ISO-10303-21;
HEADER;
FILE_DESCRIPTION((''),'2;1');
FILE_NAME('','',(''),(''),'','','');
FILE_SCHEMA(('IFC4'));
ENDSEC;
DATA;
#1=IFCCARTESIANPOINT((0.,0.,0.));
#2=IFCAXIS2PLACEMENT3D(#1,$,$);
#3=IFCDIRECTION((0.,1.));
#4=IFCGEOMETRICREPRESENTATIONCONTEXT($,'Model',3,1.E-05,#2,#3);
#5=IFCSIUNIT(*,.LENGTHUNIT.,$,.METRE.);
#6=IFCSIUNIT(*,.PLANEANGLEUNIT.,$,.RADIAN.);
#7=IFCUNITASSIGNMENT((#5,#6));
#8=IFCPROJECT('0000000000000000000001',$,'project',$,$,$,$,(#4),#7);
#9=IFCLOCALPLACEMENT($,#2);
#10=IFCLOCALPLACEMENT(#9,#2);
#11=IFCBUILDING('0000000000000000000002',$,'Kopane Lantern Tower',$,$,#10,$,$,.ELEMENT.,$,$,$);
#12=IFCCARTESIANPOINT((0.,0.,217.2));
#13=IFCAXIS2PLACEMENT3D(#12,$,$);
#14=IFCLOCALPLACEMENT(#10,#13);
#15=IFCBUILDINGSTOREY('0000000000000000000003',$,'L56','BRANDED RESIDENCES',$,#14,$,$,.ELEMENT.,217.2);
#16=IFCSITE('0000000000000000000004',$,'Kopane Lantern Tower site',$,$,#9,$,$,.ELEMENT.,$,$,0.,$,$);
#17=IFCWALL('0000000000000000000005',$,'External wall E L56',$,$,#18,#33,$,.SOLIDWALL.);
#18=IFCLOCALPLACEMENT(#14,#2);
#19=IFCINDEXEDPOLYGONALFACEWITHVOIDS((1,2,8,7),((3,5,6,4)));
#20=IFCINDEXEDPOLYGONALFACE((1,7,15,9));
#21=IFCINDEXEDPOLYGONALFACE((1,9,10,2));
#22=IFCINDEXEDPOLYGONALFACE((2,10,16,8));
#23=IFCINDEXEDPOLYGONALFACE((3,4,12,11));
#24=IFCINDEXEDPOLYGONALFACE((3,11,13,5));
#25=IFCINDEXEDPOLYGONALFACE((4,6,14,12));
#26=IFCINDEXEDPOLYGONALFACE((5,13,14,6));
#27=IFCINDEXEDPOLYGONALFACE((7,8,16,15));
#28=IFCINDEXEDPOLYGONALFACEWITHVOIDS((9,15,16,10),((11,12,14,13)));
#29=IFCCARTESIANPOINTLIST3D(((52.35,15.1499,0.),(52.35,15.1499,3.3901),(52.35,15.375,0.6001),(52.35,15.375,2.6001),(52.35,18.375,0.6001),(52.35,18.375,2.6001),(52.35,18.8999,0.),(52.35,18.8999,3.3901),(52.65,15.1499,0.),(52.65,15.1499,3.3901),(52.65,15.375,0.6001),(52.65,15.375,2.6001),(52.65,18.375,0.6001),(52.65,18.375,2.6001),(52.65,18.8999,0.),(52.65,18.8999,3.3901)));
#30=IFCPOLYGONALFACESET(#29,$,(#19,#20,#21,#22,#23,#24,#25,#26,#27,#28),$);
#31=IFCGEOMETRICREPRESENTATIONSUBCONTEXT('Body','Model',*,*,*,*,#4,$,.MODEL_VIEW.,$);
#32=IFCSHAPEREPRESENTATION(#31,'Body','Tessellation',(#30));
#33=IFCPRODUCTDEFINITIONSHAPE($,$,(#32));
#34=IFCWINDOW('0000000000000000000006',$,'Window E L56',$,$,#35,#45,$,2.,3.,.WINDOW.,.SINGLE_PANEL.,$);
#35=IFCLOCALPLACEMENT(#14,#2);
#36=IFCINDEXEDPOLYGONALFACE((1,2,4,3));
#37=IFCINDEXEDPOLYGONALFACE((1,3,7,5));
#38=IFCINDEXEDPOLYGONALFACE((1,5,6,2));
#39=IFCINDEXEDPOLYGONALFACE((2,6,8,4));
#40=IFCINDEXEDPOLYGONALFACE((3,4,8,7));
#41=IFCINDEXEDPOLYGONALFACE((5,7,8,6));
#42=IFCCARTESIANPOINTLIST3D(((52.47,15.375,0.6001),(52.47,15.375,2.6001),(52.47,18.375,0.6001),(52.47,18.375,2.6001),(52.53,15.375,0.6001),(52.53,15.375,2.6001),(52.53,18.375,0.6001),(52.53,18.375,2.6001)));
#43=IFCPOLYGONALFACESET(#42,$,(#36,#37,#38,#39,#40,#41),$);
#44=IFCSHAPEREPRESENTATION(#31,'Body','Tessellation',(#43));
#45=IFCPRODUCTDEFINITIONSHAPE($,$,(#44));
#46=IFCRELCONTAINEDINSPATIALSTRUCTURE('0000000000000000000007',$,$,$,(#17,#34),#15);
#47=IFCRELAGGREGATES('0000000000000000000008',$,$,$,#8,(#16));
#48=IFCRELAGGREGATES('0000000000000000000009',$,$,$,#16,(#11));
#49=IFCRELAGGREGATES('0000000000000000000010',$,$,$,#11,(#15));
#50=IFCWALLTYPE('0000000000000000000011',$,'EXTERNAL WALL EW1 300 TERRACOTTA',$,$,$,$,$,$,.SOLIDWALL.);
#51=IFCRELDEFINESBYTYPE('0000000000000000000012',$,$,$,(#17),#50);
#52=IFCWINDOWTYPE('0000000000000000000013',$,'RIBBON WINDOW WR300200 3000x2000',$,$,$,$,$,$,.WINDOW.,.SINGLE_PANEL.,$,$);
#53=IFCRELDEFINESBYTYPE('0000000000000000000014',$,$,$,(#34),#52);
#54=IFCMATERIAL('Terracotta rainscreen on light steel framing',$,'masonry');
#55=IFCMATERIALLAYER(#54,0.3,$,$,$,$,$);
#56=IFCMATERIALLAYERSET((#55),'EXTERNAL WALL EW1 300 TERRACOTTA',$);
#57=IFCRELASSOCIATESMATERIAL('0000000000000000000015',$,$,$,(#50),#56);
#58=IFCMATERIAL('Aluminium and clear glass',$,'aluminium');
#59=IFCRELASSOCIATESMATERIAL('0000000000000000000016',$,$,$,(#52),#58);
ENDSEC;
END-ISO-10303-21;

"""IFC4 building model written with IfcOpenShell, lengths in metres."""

from ifc_helpers import new_model, si_unit, direction, frame, frame_2d, origin, place, context, subcontext, project, spatial, rectangle, extrude, material, layer, layer_set, type_object, element, fill, save


model = new_model("IFC4")

# Units and contexts
model_context = context("Model", 3, precision=1e-05, world=origin(), true_north=direction((0.0, 1.0)))
body_context = subcontext(model_context, "Body", "Model", "MODEL_VIEW")
ifc_project = project(units=[si_unit("LENGTHUNIT", "METRE"), si_unit("PLANEANGLEUNIT", "RADIAN")], contexts=[model_context])

# Site, building, storey
site_placement = place(None, origin())
site = spatial("IfcSite", under=ifc_project, at=site_placement, Name="Kopane Lantern Tower site", CompositionType="ELEMENT", RefElevation=0.0)
building_placement = place(site_placement, origin())
building = spatial("IfcBuilding", under=site, at=building_placement, Name="Kopane Lantern Tower", CompositionType="ELEMENT")
storey_placement = place(building_placement, frame((0.0, 0.0, 217.2)))
storey = spatial("IfcBuildingStorey", under=building, at=storey_placement, Name="L56", Description="BRANDED RESIDENCES", CompositionType="ELEMENT", Elevation=217.2)

# Wall, opening, window
ifc_material_1 = material(Name="Terracotta rainscreen on light steel framing", Category="masonry")
ifc_layer_1 = layer(ifc_material_1, 0.3)
ifc_layer_set_1 = layer_set([ifc_layer_1], Name="EXTERNAL WALL EW1 300 TERRACOTTA")
wall_type_1 = type_object("IfcWallType", Name="EXTERNAL WALL EW1 300 TERRACOTTA", PredefinedType="SOLIDWALL", material=ifc_layer_set_1)
wall_1_placement = place(storey_placement, frame((52.5, 15.1499, 0.0), z_axis=(0.0, 0.0, 1.0), x_axis=(0.0, 1.0, 0.0)))
wall_1 = element("IfcWall", 1, at=wall_1_placement, inside=storey, type_object=wall_type_1, Name="External wall E L56", PredefinedType="SOLIDWALL", context=body_context, shape_type="SweptSolid", body=[
    extrude(rectangle(XDim=3.75, YDim=0.3, at=frame_2d((1.875, 0.0))), origin(), (0.0, 0.0, 1.0), 3.3901),
])
opening_1_placement = place(wall_1_placement, frame((0.2251, 0.0, 0.6001)))
opening_1 = element("IfcOpeningElement", 2, at=opening_1_placement, cuts=wall_1, PredefinedType="OPENING", context=body_context, shape_type="SweptSolid", body=[
    extrude(rectangle(XDim=3.0, YDim=2.0, at=frame_2d((1.5, 1.0))), frame((0.0, 0.1599, 0.0), z_axis=(0.0, -1.0, 0.0), x_axis=(1.0, 0.0, 0.0)), (0.0, 0.0, 1.0), 0.3201),
])
ifc_material_2 = material(Name="Aluminium and clear glass", Category="aluminium")
window_type = type_object("IfcWindowType", Name="RIBBON WINDOW WR300200 3000x2000", PartitioningType="SINGLE_PANEL", PredefinedType="WINDOW", material=ifc_material_2)
window_placement = place(opening_1_placement, origin())
window = element("IfcWindow", 3, at=window_placement, inside=storey, type_object=window_type, Name="Window E L56", OverallHeight=2.0, OverallWidth=3.0, PartitioningType="SINGLE_PANEL", PredefinedType="WINDOW", context=body_context, shape_type="SweptSolid", body=[
    extrude(rectangle(XDim=3.0, YDim=2.0, at=frame_2d((1.5, 1.0))), frame((0.0, 0.03, 0.0), z_axis=(0.0, -1.0, 0.0), x_axis=(1.0, 0.0, 0.0)), (0.0, 0.0, 1.0), 0.0601),
])
fill(opening_1, window)

save(model, "model.ifc")
